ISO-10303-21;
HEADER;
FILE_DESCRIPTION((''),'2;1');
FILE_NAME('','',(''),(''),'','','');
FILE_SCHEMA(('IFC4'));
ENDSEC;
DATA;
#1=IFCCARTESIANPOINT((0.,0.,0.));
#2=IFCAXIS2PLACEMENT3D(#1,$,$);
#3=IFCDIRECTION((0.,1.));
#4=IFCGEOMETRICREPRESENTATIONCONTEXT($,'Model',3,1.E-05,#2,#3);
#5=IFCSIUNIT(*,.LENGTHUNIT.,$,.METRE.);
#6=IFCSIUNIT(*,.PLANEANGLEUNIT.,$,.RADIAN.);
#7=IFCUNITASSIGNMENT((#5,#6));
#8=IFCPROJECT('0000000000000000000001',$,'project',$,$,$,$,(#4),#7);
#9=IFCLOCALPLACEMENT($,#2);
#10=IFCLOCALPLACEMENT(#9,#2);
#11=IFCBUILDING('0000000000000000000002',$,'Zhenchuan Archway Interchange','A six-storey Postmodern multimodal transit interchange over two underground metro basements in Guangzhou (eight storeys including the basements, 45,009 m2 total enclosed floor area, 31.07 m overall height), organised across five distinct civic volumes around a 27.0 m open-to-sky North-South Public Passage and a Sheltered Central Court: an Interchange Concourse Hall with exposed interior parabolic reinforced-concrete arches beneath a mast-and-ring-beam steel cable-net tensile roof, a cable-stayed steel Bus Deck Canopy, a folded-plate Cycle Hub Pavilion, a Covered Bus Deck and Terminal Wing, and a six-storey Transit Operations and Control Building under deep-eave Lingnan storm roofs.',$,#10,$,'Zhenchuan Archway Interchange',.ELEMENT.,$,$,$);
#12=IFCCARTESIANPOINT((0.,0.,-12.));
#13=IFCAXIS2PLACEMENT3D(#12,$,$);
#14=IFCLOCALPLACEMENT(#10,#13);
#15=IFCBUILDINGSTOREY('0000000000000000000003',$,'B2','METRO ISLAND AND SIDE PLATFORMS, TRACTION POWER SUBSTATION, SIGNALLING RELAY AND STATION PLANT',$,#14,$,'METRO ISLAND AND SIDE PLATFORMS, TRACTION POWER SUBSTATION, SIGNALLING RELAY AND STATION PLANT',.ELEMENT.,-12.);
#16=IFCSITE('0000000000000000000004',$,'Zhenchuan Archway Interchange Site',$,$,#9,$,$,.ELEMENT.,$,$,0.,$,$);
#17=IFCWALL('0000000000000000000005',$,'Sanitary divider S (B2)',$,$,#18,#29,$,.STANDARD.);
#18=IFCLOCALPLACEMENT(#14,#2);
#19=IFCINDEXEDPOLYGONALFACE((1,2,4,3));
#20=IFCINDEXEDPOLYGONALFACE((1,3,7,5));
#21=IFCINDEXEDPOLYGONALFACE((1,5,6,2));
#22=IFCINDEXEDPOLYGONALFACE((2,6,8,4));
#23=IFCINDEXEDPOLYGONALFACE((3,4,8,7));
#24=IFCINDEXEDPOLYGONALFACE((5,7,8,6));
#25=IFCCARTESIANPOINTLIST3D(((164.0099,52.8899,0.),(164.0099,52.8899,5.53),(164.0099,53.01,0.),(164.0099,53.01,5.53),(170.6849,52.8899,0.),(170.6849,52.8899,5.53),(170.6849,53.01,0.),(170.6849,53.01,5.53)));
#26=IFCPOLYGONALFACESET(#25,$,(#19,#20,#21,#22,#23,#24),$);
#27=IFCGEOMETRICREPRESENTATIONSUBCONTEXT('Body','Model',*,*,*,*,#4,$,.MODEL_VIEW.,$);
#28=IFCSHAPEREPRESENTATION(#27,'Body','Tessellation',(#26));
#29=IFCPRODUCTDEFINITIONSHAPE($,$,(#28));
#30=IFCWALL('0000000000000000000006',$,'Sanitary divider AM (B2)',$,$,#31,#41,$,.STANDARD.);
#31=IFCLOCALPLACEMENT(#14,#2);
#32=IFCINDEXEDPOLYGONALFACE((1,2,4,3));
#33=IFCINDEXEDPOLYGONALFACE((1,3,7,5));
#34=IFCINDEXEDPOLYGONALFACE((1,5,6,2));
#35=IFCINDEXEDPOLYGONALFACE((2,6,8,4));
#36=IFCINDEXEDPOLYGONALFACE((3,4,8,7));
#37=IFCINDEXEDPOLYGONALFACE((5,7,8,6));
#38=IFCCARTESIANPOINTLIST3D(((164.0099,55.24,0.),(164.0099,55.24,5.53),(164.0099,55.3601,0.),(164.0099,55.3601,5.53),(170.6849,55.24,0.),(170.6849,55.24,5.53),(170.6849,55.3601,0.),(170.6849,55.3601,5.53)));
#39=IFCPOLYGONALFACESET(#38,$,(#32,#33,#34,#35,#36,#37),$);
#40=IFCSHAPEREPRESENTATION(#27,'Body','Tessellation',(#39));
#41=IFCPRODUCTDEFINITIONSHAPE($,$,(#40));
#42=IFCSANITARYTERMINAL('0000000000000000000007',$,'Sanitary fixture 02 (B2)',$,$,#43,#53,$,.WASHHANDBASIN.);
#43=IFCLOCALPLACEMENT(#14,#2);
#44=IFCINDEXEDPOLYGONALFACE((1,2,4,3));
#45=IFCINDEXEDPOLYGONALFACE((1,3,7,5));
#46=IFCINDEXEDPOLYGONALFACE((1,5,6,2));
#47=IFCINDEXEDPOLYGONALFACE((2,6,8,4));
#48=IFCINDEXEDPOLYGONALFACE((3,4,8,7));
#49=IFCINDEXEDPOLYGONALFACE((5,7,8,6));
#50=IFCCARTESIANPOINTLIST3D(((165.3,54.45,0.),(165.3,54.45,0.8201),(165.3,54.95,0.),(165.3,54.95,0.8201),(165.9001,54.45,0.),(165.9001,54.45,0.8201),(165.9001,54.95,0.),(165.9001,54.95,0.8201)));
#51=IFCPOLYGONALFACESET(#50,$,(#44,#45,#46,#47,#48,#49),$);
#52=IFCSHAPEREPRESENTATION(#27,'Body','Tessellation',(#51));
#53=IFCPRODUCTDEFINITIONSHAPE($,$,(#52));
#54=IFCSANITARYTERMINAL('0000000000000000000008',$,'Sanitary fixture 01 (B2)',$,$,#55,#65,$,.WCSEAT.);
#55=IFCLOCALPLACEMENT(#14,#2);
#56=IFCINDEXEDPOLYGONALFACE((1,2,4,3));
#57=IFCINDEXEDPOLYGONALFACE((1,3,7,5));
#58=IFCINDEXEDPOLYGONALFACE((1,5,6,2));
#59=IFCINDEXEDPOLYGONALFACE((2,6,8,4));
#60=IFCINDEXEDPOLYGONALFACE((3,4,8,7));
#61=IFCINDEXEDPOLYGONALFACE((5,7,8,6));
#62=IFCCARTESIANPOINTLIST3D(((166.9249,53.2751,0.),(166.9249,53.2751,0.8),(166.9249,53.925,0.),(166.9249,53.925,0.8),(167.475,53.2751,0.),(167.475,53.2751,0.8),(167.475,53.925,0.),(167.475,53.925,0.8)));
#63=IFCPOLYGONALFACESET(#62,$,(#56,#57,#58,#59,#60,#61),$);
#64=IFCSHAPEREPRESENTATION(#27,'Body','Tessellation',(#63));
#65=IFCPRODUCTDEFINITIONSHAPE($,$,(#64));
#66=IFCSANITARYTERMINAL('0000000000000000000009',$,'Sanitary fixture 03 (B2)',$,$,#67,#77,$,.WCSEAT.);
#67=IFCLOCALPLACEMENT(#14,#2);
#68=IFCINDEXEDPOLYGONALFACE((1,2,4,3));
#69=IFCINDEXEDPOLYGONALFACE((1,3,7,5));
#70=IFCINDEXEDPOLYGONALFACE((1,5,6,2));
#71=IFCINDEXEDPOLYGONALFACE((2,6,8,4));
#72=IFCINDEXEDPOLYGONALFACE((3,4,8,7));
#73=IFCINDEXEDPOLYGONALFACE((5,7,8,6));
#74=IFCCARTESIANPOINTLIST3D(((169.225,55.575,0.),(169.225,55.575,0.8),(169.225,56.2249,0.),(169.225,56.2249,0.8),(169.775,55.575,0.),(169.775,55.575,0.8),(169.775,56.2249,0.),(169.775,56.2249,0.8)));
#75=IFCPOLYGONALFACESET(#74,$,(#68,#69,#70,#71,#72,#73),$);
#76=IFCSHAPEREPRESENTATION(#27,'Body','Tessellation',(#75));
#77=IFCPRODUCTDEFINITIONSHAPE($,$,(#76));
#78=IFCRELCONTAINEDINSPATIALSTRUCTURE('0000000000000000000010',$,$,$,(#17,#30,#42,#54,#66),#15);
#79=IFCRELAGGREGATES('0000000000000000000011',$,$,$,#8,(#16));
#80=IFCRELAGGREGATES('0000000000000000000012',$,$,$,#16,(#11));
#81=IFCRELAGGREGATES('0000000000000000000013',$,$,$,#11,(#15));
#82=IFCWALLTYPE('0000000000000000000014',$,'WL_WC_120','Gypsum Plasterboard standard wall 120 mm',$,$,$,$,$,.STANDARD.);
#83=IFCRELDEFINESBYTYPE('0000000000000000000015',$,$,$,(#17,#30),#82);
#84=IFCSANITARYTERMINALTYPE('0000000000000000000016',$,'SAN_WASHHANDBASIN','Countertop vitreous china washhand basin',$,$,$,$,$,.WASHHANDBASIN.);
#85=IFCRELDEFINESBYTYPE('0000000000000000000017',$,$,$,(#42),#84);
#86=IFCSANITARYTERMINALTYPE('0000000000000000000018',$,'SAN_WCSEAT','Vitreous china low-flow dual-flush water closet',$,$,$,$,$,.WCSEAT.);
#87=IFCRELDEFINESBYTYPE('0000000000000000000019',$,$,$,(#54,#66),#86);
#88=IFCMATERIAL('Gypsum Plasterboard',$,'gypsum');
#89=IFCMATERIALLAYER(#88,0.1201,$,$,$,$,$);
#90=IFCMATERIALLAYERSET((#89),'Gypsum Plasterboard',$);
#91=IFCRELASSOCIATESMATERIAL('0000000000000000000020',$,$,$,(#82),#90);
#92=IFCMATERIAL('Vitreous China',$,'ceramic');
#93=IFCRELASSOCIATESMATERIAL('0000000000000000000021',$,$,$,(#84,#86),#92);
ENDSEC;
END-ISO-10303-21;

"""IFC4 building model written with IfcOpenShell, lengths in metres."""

from ifc_helpers import new_model, si_unit, direction, frame, frame_2d, origin, origin_2d, place, context, subcontext, project, spatial, rectangle, extrude, material, layer, layer_set, type_object, element, save


model = new_model("IFC4")

# Units and contexts
model_context = context("Model", 3, precision=1e-05, world=origin(), true_north=direction((0.0, 1.0)))
body_context = subcontext(model_context, "Body", "Model", "MODEL_VIEW")
ifc_project = project(units=[si_unit("LENGTHUNIT", "METRE"), si_unit("PLANEANGLEUNIT", "RADIAN")], contexts=[model_context])

# Site, building, storey
site_placement = place(None, origin())
site = spatial("IfcSite", under=ifc_project, at=site_placement, Name="Zhenchuan Archway Interchange Site", CompositionType="ELEMENT", RefElevation=0.0)
building_placement = place(site_placement, origin())
building = spatial("IfcBuilding", under=site, at=building_placement, Name="Zhenchuan Archway Interchange", Description="A six-storey Postmodern multimodal transit interchange over two underground metro basements in Guangzhou (eight storeys including the basements, 45,009 m2 total enclosed floor area, 31.07 m overall height), organised across five distinct civic volumes around a 27.0 m open-to-sky North-South Public Passage and a Sheltered Central Court: an Interchange Concourse Hall with exposed interior parabolic reinforced-concrete arches beneath a mast-and-ring-beam steel cable-net tensile roof, a cable-stayed steel Bus Deck Canopy, a folded-plate Cycle Hub Pavilion, a Covered Bus Deck and Terminal Wing, and a six-storey Transit Operations and Control Building under deep-eave Lingnan storm roofs.", LongName="Zhenchuan Archway Interchange", CompositionType="ELEMENT")
storey_placement = place(building_placement, frame((0.0, 0.0, -12.0)))
storey = spatial("IfcBuildingStorey", under=building, at=storey_placement, Name="B2", Description="METRO ISLAND AND SIDE PLATFORMS, TRACTION POWER SUBSTATION, SIGNALLING RELAY AND STATION PLANT", LongName="METRO ISLAND AND SIDE PLATFORMS, TRACTION POWER SUBSTATION, SIGNALLING RELAY AND STATION PLANT", CompositionType="ELEMENT", Elevation=-12.0)

# Walls
ifc_material_1 = material(Name="Gypsum Plasterboard", Category="gypsum")
ifc_layer_1 = layer(ifc_material_1, 0.1201)
ifc_layer_set_1 = layer_set([ifc_layer_1], Name="Gypsum Plasterboard")
wall_type_1 = type_object("IfcWallType", Name="WL_WC_120", Description="Gypsum Plasterboard standard wall 120 mm", PredefinedType="STANDARD", material=ifc_layer_set_1)
for number, where, z_axis, x_axis, name in (
    (1, (164.01, 52.95, 0.0), (0.0, 0.0, 1.0), (1.0, 0.0, 0.0), "Sanitary divider S (B2)"),
    (2, (164.01, 55.3, 0.0), (0.0, 0.0, 1.0), (1.0, 0.0, 0.0), "Sanitary divider AM (B2)"),
):
    element("IfcWall", number, at=place(storey_placement, frame(where, z_axis=z_axis, x_axis=x_axis)), inside=storey, type_object=wall_type_1, Name=name, PredefinedType="STANDARD", context=body_context, shape_type="SweptSolid", body=[
        extrude(rectangle(XDim=6.675, YDim=0.1201, at=frame_2d((3.3374, 0.0))), origin(), (0.0, 0.0, 1.0), 5.53),
    ])

# Sanitary terminals
ifc_material_2 = material(Name="Vitreous China", Category="ceramic")
sanitary_terminal_type_1 = type_object("IfcSanitaryTerminalType", Name="SAN_WASHHANDBASIN", Description="Countertop vitreous china washhand basin", PredefinedType="WASHHANDBASIN", material=ifc_material_2)
sanitary_terminal_placement = place(storey_placement, frame((165.6001, 54.7, 0.0), z_axis=(0.0, 0.0, 1.0), x_axis=(1.0, 0.0, 0.0)))
element("IfcSanitaryTerminal", 3, at=sanitary_terminal_placement, inside=storey, type_object=sanitary_terminal_type_1, Name="Sanitary fixture 02 (B2)", PredefinedType="WASHHANDBASIN", context=body_context, shape_type="SweptSolid", body=[
    extrude(rectangle(XDim=0.6001, YDim=0.5, at=origin_2d()), origin(), (0.0, 0.0, 1.0), 0.8201),
])
sanitary_terminal_type_2 = type_object("IfcSanitaryTerminalType", Name="SAN_WCSEAT", Description="Vitreous china low-flow dual-flush water closet", PredefinedType="WCSEAT", material=ifc_material_2)
for number, where, z_axis, x_axis, name in (
    (4, (167.2, 53.6001, 0.0), (0.0, 0.0, 1.0), (1.0, 0.0, 0.0), "Sanitary fixture 01 (B2)"),
    (5, (169.5, 55.8999, 0.0), (0.0, 0.0, 1.0), (1.0, 0.0, 0.0), "Sanitary fixture 03 (B2)"),
):
    element("IfcSanitaryTerminal", number, at=place(storey_placement, frame(where, z_axis=z_axis, x_axis=x_axis)), inside=storey, type_object=sanitary_terminal_type_2, Name=name, PredefinedType="WCSEAT", context=body_context, shape_type="SweptSolid", body=[
        extrude(rectangle(XDim=0.55, YDim=0.6499, at=origin_2d()), origin(), (0.0, 0.0, 1.0), 0.8),
    ])

save(model, "model.ifc")
